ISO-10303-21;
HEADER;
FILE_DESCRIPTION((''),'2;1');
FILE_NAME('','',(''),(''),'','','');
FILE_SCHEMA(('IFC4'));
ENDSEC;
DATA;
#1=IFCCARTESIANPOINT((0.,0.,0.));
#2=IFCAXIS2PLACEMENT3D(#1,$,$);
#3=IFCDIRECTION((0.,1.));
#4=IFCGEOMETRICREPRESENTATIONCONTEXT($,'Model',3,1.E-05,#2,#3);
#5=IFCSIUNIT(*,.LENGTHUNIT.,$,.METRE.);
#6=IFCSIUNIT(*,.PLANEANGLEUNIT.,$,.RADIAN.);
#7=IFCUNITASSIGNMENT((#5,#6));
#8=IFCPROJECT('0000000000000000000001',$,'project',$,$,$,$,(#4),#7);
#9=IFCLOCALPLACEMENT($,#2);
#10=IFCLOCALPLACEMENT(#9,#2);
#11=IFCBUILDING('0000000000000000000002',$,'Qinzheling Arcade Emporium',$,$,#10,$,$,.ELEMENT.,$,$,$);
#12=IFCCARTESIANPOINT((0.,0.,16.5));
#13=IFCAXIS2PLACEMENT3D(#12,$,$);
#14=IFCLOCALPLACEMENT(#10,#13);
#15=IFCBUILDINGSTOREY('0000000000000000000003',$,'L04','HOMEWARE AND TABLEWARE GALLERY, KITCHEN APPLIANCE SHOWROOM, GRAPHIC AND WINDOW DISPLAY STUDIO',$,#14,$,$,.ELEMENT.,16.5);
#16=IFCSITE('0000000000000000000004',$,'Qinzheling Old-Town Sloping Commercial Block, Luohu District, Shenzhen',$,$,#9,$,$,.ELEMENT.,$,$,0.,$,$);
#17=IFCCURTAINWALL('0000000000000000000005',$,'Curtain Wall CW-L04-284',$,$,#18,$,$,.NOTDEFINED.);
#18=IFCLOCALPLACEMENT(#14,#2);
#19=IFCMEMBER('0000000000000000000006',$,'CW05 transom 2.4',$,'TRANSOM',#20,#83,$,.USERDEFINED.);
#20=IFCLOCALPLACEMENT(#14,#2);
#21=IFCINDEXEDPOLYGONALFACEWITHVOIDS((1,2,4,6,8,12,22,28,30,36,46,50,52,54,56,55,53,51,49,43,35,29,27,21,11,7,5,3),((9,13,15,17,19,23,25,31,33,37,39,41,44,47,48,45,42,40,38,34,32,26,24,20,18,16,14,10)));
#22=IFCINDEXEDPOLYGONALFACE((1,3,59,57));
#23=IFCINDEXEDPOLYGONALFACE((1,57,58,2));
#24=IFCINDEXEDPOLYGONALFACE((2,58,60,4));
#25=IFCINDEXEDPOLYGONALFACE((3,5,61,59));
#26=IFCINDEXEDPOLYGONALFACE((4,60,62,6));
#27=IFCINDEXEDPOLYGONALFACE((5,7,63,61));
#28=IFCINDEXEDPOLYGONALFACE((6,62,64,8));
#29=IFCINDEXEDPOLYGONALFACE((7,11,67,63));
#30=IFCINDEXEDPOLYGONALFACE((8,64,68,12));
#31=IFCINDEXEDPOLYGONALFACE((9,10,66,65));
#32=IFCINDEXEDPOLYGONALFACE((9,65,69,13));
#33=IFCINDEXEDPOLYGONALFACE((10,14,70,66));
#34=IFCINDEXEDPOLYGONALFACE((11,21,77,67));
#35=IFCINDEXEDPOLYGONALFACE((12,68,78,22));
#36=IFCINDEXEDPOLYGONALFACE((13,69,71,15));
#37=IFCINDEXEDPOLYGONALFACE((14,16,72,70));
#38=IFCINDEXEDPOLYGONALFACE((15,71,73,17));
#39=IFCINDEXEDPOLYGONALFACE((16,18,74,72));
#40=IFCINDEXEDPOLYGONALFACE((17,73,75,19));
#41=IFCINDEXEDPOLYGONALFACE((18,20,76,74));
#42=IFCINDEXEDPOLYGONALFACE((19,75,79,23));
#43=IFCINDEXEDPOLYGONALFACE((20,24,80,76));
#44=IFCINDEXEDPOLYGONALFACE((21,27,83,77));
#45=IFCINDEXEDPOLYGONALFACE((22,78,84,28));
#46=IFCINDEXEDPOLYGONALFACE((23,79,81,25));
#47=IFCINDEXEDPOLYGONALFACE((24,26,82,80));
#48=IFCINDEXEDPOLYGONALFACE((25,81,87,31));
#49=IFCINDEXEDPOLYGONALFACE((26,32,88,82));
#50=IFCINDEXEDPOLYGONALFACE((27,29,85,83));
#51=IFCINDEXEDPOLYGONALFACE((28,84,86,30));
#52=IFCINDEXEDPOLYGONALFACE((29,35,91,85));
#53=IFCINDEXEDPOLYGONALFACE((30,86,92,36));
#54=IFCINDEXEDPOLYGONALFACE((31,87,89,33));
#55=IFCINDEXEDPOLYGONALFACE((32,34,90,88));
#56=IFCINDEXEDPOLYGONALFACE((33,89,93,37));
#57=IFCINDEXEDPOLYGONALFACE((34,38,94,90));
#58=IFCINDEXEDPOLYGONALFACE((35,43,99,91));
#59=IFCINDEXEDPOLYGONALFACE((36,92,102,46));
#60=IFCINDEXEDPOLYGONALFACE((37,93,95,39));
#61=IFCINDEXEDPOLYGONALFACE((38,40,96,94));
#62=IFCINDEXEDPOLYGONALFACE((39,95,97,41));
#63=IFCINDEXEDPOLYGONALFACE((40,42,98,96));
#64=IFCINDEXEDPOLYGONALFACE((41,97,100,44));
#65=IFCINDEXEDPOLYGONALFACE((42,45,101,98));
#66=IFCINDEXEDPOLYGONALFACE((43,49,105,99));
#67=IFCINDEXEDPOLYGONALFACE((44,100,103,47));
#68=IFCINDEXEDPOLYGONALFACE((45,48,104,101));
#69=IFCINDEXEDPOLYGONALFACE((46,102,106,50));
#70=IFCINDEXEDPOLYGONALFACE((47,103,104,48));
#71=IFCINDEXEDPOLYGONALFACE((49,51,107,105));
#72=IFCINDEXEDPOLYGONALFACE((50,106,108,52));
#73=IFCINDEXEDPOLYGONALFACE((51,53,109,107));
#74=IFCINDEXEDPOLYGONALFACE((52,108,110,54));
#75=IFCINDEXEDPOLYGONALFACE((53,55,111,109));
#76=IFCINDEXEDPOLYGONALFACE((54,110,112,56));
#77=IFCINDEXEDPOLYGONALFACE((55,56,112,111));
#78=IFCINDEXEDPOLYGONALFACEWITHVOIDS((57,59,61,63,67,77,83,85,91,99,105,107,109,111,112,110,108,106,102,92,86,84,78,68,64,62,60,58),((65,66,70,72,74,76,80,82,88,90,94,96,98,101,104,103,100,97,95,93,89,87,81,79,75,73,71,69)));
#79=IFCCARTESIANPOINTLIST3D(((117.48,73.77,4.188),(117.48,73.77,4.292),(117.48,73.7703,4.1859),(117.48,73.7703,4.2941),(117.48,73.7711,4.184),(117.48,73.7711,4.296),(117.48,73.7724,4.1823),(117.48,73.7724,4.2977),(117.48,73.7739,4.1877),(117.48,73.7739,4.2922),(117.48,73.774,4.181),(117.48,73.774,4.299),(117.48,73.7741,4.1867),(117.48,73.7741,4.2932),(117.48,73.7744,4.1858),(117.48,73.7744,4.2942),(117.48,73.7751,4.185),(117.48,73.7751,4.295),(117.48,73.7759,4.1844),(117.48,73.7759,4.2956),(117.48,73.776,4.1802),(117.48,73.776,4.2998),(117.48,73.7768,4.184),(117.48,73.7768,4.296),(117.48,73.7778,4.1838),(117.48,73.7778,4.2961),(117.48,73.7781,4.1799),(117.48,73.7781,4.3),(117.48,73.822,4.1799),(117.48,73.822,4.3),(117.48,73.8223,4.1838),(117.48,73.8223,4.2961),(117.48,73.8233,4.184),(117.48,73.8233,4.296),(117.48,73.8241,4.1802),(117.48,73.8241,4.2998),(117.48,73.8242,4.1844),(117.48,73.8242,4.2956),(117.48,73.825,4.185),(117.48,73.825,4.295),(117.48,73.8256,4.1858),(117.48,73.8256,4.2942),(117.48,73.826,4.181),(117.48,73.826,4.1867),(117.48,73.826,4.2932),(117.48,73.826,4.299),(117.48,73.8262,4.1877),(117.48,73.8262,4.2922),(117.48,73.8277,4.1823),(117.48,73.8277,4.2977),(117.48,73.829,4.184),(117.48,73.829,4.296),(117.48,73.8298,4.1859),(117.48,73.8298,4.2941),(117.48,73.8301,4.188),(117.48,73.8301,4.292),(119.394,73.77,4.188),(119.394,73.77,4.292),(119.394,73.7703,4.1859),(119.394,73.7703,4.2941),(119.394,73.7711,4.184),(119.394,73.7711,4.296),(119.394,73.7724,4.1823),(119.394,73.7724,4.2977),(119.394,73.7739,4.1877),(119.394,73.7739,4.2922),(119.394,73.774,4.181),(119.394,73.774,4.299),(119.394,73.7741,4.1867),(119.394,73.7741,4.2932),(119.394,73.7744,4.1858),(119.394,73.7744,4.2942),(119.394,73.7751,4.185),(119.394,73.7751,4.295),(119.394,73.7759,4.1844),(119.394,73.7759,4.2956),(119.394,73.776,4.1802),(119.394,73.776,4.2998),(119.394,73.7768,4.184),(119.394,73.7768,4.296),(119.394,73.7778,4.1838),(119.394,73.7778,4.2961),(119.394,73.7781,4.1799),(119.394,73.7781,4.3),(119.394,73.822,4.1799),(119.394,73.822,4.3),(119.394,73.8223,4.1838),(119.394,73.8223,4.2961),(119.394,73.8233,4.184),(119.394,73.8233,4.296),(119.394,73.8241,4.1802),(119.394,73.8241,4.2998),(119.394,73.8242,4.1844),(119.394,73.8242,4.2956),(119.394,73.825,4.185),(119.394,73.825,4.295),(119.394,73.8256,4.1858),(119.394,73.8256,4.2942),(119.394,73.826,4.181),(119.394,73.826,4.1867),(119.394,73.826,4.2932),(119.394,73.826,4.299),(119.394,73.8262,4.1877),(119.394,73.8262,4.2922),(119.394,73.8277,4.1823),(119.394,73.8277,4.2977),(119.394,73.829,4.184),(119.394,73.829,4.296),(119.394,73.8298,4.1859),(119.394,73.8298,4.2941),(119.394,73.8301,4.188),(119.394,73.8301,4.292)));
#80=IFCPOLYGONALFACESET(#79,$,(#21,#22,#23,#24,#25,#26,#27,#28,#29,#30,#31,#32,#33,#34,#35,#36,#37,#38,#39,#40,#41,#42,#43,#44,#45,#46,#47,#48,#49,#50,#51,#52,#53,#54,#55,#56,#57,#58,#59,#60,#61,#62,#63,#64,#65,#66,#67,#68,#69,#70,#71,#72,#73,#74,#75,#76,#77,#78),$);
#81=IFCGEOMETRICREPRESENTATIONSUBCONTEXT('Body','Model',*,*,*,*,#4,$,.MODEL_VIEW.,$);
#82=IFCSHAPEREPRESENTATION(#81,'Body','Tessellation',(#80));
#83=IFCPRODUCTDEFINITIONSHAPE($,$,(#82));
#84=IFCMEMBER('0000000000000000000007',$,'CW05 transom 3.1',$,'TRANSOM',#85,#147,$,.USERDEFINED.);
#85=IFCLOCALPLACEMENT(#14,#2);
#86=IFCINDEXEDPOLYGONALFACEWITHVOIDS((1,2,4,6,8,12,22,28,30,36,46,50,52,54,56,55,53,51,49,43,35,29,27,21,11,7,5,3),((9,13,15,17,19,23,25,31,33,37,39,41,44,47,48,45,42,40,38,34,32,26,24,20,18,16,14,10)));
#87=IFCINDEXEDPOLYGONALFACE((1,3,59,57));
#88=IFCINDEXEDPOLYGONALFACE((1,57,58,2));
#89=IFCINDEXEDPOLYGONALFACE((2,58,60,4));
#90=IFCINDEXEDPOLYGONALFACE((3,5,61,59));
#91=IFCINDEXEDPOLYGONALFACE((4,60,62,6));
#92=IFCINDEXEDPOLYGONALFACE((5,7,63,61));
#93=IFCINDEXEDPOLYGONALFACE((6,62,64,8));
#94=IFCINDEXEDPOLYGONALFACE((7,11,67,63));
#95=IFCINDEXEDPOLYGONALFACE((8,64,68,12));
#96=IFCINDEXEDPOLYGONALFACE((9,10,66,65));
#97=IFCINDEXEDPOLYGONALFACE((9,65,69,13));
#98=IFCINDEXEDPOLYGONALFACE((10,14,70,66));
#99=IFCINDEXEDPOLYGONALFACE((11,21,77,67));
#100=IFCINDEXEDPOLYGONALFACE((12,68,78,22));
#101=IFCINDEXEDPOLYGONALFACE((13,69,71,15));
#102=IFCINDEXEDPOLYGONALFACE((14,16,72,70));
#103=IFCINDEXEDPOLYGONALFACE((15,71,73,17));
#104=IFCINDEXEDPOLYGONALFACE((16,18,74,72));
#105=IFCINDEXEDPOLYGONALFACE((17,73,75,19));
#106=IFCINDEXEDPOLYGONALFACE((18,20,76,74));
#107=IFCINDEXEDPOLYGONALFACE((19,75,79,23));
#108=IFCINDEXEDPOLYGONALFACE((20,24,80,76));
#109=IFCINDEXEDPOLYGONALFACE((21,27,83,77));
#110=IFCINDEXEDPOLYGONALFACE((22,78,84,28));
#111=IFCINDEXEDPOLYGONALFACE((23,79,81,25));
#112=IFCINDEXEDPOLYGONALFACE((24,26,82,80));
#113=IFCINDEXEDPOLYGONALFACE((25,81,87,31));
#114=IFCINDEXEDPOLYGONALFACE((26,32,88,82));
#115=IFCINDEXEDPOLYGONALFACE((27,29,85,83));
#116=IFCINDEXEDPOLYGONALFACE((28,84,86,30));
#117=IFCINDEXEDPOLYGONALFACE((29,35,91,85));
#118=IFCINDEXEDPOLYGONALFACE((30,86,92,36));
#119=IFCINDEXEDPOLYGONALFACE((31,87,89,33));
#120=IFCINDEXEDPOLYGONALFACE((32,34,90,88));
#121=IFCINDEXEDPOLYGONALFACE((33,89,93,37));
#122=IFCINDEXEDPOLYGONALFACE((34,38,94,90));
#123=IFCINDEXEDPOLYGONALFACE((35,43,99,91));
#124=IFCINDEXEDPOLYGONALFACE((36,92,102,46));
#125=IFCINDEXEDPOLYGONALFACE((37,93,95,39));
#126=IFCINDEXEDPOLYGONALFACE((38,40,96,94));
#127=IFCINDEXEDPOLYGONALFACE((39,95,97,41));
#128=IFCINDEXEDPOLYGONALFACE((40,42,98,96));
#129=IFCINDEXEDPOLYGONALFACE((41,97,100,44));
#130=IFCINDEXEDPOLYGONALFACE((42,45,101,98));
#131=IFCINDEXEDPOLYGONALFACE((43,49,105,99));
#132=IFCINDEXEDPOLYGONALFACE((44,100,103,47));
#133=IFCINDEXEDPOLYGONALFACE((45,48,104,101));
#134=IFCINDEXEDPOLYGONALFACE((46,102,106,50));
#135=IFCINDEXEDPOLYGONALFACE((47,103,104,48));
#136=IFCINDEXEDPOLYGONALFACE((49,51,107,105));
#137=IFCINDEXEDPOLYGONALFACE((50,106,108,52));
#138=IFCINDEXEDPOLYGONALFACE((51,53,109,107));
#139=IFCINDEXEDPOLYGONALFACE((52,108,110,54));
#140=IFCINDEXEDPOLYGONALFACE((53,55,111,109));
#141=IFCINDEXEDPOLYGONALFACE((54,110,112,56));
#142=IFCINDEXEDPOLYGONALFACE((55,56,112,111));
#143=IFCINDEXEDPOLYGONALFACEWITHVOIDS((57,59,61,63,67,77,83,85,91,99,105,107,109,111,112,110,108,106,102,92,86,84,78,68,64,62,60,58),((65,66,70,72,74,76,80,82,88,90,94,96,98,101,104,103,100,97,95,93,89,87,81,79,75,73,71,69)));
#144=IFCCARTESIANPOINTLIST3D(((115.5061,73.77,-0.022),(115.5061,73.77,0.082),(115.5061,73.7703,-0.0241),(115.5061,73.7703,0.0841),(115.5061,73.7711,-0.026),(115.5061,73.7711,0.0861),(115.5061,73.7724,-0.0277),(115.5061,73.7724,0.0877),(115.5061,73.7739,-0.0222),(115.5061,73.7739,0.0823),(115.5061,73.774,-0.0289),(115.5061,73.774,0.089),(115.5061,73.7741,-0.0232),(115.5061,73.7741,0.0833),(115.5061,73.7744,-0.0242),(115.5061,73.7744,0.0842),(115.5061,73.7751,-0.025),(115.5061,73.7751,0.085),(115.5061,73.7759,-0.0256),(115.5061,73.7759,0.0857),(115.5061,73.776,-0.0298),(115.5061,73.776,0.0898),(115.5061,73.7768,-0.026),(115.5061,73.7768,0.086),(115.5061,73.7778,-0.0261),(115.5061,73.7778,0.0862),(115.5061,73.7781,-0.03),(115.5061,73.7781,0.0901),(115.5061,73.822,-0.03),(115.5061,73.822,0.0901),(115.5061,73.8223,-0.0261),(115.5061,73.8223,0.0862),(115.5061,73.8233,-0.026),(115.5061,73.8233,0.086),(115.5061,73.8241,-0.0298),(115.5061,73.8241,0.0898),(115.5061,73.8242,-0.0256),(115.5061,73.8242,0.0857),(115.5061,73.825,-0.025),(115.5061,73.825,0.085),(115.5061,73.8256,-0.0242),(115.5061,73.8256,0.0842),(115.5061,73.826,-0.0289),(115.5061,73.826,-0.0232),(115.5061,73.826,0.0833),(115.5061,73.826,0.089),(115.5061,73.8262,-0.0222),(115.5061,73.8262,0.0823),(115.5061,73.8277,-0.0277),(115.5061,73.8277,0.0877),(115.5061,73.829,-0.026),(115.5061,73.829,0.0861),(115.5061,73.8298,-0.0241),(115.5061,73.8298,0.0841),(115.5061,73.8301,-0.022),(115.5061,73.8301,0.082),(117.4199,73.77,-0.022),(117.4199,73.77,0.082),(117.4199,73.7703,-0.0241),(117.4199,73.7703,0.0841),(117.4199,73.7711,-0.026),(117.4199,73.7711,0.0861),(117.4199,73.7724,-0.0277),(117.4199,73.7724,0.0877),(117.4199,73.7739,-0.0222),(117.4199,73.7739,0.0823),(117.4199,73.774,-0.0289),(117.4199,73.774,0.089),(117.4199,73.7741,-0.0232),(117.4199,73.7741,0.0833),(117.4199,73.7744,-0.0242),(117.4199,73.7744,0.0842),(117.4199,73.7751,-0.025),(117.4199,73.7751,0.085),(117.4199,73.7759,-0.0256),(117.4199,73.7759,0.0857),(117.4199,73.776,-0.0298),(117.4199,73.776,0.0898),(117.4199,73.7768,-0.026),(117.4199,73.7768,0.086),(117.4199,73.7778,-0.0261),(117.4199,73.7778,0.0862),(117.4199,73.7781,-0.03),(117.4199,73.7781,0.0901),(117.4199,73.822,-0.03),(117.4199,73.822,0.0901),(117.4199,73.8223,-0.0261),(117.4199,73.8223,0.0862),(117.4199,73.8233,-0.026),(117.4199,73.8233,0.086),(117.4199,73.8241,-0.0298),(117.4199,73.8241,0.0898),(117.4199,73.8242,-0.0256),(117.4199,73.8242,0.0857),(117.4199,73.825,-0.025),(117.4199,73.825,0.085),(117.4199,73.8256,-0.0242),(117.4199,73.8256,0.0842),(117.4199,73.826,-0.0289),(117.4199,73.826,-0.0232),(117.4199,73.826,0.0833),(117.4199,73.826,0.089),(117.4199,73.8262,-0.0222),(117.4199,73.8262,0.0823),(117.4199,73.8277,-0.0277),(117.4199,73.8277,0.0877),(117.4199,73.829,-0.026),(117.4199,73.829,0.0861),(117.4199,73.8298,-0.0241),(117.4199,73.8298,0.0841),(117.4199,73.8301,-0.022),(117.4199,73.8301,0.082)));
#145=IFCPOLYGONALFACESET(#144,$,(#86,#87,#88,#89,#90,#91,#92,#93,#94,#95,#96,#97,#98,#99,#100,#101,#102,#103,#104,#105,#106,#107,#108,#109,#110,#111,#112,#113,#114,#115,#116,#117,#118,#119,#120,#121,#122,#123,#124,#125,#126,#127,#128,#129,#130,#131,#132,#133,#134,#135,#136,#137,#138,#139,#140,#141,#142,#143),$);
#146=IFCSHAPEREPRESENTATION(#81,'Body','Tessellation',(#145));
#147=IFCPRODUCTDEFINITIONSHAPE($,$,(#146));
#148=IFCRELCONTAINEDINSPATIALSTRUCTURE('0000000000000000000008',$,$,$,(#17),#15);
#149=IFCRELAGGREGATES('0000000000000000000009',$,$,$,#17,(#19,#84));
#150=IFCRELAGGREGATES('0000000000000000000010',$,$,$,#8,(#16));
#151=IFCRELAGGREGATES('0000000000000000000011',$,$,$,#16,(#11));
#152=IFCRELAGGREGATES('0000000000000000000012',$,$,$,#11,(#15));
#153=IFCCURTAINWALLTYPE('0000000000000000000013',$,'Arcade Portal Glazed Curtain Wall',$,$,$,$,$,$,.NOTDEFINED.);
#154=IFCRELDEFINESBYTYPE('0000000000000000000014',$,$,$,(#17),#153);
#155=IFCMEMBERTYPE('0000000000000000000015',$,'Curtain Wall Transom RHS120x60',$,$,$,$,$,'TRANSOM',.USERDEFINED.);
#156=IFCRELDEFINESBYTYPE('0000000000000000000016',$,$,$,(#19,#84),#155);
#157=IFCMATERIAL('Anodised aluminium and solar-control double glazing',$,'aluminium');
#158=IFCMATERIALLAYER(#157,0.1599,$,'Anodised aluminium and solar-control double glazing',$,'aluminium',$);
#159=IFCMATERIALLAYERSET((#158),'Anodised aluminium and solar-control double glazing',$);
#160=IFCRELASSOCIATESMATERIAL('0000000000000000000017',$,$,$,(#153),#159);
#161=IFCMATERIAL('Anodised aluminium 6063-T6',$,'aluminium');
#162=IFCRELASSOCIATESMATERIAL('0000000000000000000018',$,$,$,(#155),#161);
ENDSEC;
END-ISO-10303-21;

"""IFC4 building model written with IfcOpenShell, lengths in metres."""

from ifc_helpers import new_model, si_unit, direction, frame, origin, origin_2d, place, context, subcontext, project, spatial, hollow_rectangle, extrude, material, layer, layer_set, material_profile, profile_set, type_object, element, aggregate, save


model = new_model("IFC4")

# Units and contexts
model_context = context("Model", 3, precision=1e-05, world=origin(), true_north=direction((0.0, 1.0)))
body_context = subcontext(model_context, "Body", "Model", "MODEL_VIEW")
ifc_project = project(units=[si_unit("LENGTHUNIT", "METRE"), si_unit("PLANEANGLEUNIT", "RADIAN")], contexts=[model_context])

# Site, building, storey
site_placement = place(None, origin())
site = spatial("IfcSite", under=ifc_project, at=site_placement, Name="Qinzheling Old-Town Sloping Commercial Block, Luohu District, Shenzhen", CompositionType="ELEMENT", RefElevation=0.0)
building_placement = place(site_placement, origin())
building = spatial("IfcBuilding", under=site, at=building_placement, Name="Qinzheling Arcade Emporium", CompositionType="ELEMENT")
storey_placement = place(building_placement, frame((0.0, 0.0, 16.5)))
storey = spatial("IfcBuildingStorey", under=building, at=storey_placement, Name="L04", Description="HOMEWARE AND TABLEWARE GALLERY, KITCHEN APPLIANCE SHOWROOM, GRAPHIC AND WINDOW DISPLAY STUDIO", CompositionType="ELEMENT", Elevation=16.5)

# Curtain wall, members
ifc_material_1 = material(Name="Anodised aluminium and solar-control double glazing", Category="aluminium")
ifc_layer_1 = layer(ifc_material_1, 0.1599, Name="Anodised aluminium and solar-control double glazing", Category="aluminium")
ifc_layer_set_1 = layer_set([ifc_layer_1], Name="Anodised aluminium and solar-control double glazing")
curtain_wall_type = type_object("IfcCurtainWallType", Name="Arcade Portal Glazed Curtain Wall", PredefinedType="NOTDEFINED", material=ifc_layer_set_1)
curtain_wall_placement = place(storey_placement, origin())
curtain_wall = element("IfcCurtainWall", 1, at=curtain_wall_placement, inside=storey, type_object=curtain_wall_type, Name="Curtain Wall CW-L04-284", PredefinedType="NOTDEFINED")
ifc_material_2 = material(Name="Anodised aluminium 6063-T6", Category="aluminium")
ifc_material_profile_1 = material_profile(ifc_material_2, hollow_rectangle(XDim=0.0601, YDim=0.1201, WallThickness=0.0039, InnerFilletRadius=0.0039, OuterFilletRadius=0.0081, at=origin_2d()), Name="RHS 120x60x4", Category="aluminium")
ifc_profile_set_1 = profile_set([ifc_material_profile_1], Name="Anodised aluminium 6063-T6")
member_type_1 = type_object("IfcMemberType", Name="Curtain Wall Transom RHS120x60", ElementType="TRANSOM", PredefinedType="USERDEFINED", material=ifc_profile_set_1)
member_1_placement = place(storey_placement, frame((119.394, 73.8, 4.24), z_axis=(-1.0, 0.0, 0.0), x_axis=(0.0, -1.0, 0.0)))
member_1 = element("IfcMember", 2, at=member_1_placement, type_object=member_type_1, Name="CW05 transom 2.4", ObjectType="TRANSOM", PredefinedType="USERDEFINED", context=body_context, shape_type="SweptSolid", body=[
    extrude(hollow_rectangle(XDim=0.0601, YDim=0.1201, WallThickness=0.0039, InnerFilletRadius=0.0039, OuterFilletRadius=0.0081, at=origin_2d()), origin(), (0.0, 0.0, 1.0), 1.9141),
])
member_2_placement = place(storey_placement, frame((117.4199, 73.8, 0.03), z_axis=(-1.0, 0.0, 0.0), x_axis=(0.0, -1.0, 0.0)))
member_2 = element("IfcMember", 3, at=member_2_placement, type_object=member_type_1, Name="CW05 transom 3.1", ObjectType="TRANSOM", PredefinedType="USERDEFINED", context=body_context, shape_type="SweptSolid", body=[
    extrude(hollow_rectangle(XDim=0.0601, YDim=0.1201, WallThickness=0.0039, InnerFilletRadius=0.0039, OuterFilletRadius=0.0081, at=origin_2d()), origin(), (0.0, 0.0, 1.0), 1.9138),
])

aggregate(curtain_wall, [member_1, member_2])

save(model, "model.ifc")
